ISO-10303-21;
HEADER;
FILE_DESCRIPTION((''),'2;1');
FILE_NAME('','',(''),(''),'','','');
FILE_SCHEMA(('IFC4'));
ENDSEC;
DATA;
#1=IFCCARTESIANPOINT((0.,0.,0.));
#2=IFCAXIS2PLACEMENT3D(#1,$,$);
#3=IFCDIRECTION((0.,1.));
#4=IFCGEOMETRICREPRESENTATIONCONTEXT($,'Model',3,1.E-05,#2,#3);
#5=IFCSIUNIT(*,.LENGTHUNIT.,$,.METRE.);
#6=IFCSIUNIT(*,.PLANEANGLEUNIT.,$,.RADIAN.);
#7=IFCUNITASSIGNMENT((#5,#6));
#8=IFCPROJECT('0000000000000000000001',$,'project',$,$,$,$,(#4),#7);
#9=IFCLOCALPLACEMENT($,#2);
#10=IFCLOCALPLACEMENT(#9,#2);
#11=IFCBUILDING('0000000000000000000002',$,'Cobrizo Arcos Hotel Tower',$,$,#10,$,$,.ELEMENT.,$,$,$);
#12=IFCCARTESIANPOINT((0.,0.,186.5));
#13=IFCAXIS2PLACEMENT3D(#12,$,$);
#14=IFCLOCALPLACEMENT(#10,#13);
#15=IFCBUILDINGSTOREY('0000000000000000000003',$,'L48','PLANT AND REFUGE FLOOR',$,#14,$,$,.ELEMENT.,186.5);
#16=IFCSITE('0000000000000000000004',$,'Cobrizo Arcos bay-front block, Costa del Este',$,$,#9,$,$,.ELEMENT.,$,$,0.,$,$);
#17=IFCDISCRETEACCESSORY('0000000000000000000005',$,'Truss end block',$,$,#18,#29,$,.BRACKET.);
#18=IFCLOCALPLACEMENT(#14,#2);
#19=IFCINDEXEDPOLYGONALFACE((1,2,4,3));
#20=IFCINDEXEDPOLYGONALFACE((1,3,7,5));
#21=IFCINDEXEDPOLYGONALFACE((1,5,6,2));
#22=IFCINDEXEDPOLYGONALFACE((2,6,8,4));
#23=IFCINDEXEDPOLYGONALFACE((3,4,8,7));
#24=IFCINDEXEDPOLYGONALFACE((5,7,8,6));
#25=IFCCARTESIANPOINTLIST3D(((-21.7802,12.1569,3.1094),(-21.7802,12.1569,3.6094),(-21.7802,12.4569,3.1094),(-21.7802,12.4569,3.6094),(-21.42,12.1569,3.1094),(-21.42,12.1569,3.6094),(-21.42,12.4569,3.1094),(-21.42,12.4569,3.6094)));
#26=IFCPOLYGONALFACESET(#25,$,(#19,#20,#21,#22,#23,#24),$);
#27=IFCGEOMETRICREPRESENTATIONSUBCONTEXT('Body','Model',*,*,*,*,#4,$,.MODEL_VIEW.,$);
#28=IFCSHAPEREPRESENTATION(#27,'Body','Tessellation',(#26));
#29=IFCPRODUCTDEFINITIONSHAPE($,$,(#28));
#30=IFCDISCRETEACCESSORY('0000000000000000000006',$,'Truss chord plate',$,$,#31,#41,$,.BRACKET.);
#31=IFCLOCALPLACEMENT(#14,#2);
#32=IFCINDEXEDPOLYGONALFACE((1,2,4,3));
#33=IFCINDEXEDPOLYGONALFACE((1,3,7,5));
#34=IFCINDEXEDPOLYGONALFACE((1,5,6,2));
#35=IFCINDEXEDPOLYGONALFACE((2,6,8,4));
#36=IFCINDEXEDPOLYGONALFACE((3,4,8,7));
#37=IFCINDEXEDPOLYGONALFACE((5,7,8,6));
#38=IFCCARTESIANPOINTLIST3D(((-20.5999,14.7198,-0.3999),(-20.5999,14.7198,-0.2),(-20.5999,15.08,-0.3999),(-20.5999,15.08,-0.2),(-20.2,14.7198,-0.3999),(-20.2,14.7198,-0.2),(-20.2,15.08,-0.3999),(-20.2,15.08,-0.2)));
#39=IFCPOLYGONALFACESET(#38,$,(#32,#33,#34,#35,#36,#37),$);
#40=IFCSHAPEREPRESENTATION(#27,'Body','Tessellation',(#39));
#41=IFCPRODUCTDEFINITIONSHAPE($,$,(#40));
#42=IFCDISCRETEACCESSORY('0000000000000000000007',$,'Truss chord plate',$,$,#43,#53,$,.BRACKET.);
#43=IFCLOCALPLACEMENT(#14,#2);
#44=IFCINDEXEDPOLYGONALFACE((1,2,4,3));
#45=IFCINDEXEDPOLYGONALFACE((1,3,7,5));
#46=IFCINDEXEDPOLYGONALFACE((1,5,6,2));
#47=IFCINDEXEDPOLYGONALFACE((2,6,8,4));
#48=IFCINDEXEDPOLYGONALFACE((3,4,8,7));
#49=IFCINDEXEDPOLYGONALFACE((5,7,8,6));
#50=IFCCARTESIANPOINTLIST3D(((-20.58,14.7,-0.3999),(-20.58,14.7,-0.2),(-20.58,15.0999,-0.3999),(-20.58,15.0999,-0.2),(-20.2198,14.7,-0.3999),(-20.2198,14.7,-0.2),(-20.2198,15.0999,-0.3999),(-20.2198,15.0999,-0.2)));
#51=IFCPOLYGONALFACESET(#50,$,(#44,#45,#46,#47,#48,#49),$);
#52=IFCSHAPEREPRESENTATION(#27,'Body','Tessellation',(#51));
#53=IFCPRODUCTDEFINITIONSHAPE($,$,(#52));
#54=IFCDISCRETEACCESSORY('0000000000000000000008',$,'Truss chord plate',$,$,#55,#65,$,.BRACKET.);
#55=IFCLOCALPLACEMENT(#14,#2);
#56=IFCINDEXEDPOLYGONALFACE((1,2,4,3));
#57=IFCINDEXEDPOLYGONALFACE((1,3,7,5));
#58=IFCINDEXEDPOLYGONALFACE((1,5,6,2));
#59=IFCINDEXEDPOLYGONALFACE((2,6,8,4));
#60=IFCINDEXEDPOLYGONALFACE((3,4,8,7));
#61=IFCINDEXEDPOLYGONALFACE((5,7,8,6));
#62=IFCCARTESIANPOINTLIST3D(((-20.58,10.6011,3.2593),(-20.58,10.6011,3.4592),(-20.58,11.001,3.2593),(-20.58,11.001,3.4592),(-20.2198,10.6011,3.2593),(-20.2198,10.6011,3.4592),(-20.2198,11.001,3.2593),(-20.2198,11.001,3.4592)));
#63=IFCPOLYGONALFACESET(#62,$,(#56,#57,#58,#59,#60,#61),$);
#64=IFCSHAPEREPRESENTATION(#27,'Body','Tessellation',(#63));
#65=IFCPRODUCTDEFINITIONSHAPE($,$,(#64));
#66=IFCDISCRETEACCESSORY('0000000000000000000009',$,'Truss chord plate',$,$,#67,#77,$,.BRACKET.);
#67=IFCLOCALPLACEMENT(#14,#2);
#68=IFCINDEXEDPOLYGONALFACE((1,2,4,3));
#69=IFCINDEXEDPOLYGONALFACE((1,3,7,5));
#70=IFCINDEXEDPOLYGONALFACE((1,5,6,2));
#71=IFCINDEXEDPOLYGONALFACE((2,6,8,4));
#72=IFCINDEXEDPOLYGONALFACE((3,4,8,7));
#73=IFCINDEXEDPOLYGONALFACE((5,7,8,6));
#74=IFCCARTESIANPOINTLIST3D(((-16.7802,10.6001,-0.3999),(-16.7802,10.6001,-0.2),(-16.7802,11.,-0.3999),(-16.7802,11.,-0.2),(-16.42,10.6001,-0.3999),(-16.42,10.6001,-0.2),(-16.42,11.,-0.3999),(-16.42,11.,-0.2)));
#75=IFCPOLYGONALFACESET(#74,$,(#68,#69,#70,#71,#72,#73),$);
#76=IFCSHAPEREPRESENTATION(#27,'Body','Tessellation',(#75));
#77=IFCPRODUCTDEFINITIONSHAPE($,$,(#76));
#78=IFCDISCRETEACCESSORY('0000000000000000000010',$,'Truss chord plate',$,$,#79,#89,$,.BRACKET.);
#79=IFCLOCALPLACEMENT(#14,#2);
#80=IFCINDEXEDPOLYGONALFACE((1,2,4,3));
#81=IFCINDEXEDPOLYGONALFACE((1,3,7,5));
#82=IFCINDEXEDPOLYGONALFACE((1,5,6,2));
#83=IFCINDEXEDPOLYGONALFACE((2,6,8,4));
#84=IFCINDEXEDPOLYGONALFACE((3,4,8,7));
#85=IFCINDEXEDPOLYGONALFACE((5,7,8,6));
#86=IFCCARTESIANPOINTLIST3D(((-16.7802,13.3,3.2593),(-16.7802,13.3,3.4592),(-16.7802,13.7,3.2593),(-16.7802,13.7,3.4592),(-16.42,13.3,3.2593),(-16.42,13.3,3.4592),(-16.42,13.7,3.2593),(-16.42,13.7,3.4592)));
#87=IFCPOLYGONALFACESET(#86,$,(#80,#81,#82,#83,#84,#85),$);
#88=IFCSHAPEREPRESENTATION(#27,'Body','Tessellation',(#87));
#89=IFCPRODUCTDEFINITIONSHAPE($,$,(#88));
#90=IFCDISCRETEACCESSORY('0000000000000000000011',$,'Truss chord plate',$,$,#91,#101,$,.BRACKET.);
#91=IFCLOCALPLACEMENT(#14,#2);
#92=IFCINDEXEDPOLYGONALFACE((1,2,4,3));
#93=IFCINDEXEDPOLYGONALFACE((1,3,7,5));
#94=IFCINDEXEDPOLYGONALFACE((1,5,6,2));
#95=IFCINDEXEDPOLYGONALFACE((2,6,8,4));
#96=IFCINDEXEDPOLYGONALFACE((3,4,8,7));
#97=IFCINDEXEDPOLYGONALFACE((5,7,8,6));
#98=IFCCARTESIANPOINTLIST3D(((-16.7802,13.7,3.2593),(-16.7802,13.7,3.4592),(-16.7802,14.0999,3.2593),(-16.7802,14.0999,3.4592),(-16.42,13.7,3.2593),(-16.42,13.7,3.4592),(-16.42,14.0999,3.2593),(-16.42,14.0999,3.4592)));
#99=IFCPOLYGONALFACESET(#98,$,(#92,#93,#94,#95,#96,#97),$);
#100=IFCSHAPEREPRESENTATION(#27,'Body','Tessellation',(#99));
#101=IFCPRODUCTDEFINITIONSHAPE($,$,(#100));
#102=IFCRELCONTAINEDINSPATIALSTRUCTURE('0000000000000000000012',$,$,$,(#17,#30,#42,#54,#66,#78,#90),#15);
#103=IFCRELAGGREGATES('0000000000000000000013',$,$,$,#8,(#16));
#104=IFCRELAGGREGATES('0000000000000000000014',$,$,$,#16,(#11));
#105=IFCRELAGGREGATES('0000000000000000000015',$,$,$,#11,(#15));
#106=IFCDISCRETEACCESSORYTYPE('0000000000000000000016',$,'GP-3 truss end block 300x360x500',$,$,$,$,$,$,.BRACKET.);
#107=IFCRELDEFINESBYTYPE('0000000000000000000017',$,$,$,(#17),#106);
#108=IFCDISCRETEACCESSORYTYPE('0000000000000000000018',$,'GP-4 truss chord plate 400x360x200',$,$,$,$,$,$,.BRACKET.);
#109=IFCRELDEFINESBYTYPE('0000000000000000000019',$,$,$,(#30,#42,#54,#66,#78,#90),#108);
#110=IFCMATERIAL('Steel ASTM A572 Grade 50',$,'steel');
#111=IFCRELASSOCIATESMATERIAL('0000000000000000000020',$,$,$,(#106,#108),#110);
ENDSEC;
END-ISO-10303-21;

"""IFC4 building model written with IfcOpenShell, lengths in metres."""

from ifc_helpers import new_model, si_unit, direction, frame, origin, origin_2d, place, context, subcontext, project, spatial, rectangle, extrude, material, type_object, element, save


model = new_model("IFC4")

# Units and contexts
model_context = context("Model", 3, precision=1e-05, world=origin(), true_north=direction((0.0, 1.0)))
body_context = subcontext(model_context, "Body", "Model", "MODEL_VIEW")
ifc_project = project(units=[si_unit("LENGTHUNIT", "METRE"), si_unit("PLANEANGLEUNIT", "RADIAN")], contexts=[model_context])

# Site, building, storey
site_placement = place(None, origin())
site = spatial("IfcSite", under=ifc_project, at=site_placement, Name="Cobrizo Arcos bay-front block, Costa del Este", CompositionType="ELEMENT", RefElevation=0.0)
building_placement = place(site_placement, origin())
building = spatial("IfcBuilding", under=site, at=building_placement, Name="Cobrizo Arcos Hotel Tower", CompositionType="ELEMENT")
storey_placement = place(building_placement, frame((0.0, 0.0, 186.5)))
storey = spatial("IfcBuildingStorey", under=building, at=storey_placement, Name="L48", Description="PLANT AND REFUGE FLOOR", CompositionType="ELEMENT", Elevation=186.5)

# Shared definitions
ifc_material_1 = material(Name="Steel ASTM A572 Grade 50", Category="steel")

# Discrete accessories
discrete_accessory_type_1 = type_object("IfcDiscreteAccessoryType", Name="GP-3 truss end block 300x360x500", PredefinedType="BRACKET", material=ifc_material_1)
discrete_accessory_placement = place(storey_placement, frame((-21.6001, 12.3069, 3.1094), z_axis=(0.0, 0.0, 1.0), x_axis=(0.0, 1.0, 0.0)))
element("IfcDiscreteAccessory", 1, at=discrete_accessory_placement, inside=storey, type_object=discrete_accessory_type_1, Name="Truss end block", PredefinedType="BRACKET", context=body_context, shape_type="SweptSolid", body=[
    extrude(rectangle(XDim=0.3, YDim=0.3601, at=origin_2d()), origin(), (0.0, 0.0, 1.0), 0.5),
])
discrete_accessory_type_2 = type_object("IfcDiscreteAccessoryType", Name="GP-4 truss chord plate 400x360x200", PredefinedType="BRACKET", material=ifc_material_1)
for number, where, z_axis, x_axis, name in (
    (2, (-20.3999, 14.8999, -0.3999), (0.0, 0.0, 1.0), (-1.0, 0.0, 0.0), "Truss chord plate"),
    (3, (-20.3999, 14.8999, -0.3999), (0.0, 0.0, 1.0), (0.0, -1.0, 0.0), "Truss chord plate"),
    (4, (-20.3999, 10.801, 3.2593), (0.0, 0.0, 1.0), (0.0, -1.0, 0.0), "Truss chord plate"),
    (5, (-16.6001, 10.8, -0.3999), (0.0, 0.0, 1.0), (0.0, 1.0, 0.0), "Truss chord plate"),
    (6, (-16.6001, 13.5, 3.2593), (0.0, 0.0, 1.0), (0.0, 1.0, 0.0), "Truss chord plate"),
    (7, (-16.6001, 13.8999, 3.2593), (0.0, 0.0, 1.0), (0.0, 1.0, 0.0), "Truss chord plate"),
):
    element("IfcDiscreteAccessory", number, at=place(storey_placement, frame(where, z_axis=z_axis, x_axis=x_axis)), inside=storey, type_object=discrete_accessory_type_2, Name=name, PredefinedType="BRACKET", context=body_context, shape_type="SweptSolid", body=[
        extrude(rectangle(XDim=0.3999, YDim=0.3601, at=origin_2d()), origin(), (0.0, 0.0, 1.0), 0.2),
    ])

save(model, "model.ifc")
